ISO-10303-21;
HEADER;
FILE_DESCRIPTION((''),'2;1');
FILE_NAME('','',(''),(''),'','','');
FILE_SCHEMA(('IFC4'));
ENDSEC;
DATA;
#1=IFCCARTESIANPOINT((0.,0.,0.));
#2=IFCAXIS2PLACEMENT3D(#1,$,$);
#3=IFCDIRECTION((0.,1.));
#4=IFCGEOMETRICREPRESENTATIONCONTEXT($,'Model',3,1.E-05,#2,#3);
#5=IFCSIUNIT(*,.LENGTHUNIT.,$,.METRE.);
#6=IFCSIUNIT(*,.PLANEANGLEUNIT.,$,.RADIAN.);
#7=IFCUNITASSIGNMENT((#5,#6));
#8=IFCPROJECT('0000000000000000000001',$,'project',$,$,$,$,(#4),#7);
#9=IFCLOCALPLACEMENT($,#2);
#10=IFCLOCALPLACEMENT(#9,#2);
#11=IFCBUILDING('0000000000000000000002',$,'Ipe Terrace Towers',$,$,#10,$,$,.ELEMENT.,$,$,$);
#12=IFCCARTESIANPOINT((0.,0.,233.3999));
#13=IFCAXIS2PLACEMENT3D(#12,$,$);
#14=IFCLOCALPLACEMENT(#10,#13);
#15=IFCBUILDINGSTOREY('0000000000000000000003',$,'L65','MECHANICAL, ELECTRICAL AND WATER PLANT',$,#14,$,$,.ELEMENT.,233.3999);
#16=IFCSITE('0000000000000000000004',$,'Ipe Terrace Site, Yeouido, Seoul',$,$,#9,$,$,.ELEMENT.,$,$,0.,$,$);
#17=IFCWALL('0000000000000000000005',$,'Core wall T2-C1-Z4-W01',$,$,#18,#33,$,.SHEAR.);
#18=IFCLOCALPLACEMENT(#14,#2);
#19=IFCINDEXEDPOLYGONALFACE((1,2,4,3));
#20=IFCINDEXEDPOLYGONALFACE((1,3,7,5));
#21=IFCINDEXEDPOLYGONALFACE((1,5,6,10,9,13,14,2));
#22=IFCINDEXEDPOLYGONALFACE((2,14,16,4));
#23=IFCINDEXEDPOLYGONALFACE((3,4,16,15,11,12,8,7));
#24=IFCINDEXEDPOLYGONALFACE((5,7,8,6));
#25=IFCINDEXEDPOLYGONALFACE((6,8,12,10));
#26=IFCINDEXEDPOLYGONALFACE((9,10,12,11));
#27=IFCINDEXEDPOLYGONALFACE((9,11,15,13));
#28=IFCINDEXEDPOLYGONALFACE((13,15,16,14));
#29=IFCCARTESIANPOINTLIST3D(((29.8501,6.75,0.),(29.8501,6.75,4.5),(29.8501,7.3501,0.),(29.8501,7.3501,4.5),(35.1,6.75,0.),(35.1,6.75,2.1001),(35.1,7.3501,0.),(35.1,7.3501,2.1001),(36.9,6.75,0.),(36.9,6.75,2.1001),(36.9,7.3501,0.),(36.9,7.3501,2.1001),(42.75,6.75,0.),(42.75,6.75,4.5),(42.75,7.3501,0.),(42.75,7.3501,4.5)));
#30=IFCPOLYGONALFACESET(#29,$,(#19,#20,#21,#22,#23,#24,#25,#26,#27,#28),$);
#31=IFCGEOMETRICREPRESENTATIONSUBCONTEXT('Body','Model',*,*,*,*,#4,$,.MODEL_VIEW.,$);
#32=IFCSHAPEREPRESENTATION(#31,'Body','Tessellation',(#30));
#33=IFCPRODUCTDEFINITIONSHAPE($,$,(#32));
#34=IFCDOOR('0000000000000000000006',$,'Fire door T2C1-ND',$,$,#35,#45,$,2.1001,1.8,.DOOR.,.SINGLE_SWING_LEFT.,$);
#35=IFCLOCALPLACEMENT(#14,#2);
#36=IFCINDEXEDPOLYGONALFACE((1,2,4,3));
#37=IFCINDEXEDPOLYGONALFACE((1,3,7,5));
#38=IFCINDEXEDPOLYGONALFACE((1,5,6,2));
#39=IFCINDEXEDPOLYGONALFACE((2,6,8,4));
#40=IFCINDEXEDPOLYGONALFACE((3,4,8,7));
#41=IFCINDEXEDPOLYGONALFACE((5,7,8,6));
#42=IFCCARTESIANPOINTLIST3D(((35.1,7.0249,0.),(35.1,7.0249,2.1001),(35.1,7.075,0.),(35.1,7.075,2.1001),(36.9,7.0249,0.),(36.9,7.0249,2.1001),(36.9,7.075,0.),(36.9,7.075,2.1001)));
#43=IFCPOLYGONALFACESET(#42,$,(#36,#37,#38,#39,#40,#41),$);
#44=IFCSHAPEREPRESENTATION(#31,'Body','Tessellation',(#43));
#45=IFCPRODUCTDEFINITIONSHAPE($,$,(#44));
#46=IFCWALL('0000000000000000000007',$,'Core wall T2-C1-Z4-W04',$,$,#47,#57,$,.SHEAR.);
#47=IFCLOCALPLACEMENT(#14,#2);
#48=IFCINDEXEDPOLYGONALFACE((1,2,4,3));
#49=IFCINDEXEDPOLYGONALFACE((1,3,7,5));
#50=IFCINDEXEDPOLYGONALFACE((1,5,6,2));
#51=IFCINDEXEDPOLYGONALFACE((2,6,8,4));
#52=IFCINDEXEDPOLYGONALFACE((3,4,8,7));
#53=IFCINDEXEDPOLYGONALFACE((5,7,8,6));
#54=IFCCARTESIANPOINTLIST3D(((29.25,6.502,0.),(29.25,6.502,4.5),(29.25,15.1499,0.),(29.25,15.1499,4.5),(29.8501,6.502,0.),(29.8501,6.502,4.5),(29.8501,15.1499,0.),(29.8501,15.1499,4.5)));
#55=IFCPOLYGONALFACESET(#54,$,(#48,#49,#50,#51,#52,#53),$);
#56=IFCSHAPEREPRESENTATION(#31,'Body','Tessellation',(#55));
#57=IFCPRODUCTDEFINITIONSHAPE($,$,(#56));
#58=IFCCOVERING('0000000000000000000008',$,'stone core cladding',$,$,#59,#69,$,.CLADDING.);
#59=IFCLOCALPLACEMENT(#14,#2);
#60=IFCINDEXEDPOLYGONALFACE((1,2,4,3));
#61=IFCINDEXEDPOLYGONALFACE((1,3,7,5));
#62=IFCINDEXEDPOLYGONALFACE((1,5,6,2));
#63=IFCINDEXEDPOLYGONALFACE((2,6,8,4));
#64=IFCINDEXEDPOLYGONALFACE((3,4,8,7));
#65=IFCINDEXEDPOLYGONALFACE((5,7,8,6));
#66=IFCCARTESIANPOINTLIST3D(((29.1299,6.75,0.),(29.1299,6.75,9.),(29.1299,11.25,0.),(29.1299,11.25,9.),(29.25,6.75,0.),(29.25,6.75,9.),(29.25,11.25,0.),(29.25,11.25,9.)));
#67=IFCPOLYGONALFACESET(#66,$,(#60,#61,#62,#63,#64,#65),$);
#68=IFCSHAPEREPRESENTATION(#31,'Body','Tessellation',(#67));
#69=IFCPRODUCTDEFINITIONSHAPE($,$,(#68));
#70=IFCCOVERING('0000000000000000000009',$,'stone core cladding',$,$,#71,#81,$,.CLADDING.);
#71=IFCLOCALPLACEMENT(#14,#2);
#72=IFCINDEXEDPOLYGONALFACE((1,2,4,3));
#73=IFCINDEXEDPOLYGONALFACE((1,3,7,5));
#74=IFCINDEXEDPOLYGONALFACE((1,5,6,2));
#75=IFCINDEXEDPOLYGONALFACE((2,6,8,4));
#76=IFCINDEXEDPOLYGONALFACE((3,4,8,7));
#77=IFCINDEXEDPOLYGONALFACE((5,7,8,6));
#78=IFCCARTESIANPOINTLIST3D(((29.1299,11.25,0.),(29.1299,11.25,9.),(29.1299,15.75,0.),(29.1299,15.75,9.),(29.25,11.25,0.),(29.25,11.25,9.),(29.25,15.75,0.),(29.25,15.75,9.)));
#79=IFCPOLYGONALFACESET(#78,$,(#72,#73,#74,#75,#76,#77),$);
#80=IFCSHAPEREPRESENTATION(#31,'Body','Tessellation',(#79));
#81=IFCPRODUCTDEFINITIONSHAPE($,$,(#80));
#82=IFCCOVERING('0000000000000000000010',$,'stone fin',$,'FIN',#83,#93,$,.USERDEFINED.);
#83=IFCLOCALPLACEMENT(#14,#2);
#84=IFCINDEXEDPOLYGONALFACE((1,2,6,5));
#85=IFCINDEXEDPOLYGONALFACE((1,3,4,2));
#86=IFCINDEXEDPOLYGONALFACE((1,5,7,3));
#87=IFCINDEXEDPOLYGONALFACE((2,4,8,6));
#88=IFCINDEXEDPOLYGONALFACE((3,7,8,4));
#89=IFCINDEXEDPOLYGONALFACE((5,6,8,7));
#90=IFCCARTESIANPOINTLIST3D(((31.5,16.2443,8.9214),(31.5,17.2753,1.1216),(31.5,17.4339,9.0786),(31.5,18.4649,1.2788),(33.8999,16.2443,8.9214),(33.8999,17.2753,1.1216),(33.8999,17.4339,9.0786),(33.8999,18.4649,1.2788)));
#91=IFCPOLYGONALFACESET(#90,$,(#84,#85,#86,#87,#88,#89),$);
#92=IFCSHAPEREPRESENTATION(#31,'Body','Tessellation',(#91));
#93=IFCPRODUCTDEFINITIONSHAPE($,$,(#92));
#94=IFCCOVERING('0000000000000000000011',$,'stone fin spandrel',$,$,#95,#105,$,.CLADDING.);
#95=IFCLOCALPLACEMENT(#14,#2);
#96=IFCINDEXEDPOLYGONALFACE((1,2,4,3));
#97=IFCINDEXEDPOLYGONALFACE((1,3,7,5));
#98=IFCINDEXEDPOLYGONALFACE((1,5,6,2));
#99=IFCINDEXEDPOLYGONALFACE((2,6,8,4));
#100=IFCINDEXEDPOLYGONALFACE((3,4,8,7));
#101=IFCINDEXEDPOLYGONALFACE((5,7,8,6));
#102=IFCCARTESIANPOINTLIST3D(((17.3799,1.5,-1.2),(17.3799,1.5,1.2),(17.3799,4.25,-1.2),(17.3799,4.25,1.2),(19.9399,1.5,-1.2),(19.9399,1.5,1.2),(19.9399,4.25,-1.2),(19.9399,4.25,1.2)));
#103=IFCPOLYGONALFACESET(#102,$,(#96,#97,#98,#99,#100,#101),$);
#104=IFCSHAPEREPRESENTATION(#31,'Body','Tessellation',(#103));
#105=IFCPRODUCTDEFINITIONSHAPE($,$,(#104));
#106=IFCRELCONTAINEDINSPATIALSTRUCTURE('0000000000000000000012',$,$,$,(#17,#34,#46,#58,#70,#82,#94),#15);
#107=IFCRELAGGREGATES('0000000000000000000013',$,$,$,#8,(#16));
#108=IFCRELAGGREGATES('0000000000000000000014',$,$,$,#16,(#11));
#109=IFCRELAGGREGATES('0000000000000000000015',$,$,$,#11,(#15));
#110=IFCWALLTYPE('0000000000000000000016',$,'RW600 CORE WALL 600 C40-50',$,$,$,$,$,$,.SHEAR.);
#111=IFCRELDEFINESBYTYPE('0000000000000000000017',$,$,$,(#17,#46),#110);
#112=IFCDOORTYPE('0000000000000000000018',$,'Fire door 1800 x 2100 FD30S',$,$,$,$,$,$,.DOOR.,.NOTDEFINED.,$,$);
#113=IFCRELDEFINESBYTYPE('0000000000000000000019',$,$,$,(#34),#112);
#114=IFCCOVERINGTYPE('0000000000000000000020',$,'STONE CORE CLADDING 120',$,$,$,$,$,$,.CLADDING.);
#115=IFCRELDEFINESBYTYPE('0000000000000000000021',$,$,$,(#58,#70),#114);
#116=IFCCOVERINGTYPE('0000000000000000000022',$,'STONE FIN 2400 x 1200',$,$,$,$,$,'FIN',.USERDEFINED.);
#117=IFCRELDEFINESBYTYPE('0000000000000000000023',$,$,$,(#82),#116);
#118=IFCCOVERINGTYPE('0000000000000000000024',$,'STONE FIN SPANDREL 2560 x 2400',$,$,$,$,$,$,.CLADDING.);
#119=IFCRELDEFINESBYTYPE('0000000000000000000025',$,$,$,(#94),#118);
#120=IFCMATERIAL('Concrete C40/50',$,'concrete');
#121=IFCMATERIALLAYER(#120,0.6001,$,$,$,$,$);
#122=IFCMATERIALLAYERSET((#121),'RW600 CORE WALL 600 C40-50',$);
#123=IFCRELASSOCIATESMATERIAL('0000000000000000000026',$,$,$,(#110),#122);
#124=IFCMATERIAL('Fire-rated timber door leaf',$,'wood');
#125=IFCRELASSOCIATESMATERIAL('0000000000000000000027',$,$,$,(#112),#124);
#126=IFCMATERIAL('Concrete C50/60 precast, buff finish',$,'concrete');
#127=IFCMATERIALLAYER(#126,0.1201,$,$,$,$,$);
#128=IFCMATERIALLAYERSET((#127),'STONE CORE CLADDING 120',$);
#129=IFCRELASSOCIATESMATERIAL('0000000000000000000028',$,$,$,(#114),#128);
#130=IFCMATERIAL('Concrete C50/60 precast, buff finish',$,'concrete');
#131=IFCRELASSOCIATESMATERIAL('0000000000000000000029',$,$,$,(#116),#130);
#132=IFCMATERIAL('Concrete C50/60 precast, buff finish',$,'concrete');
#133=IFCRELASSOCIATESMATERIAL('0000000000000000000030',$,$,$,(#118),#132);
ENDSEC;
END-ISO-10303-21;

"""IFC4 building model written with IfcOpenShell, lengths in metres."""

from ifc_helpers import new_model, si_unit, direction, frame, frame_2d, origin, origin_2d, place, context, subcontext, project, spatial, rectangle, extrude, material, layer, layer_set, material_profile, profile_set, type_object, element, fill, save


model = new_model("IFC4")

# Units and contexts
model_context = context("Model", 3, precision=1e-05, world=origin(), true_north=direction((0.0, 1.0)))
body_context = subcontext(model_context, "Body", "Model", "MODEL_VIEW")
ifc_project = project(units=[si_unit("LENGTHUNIT", "METRE"), si_unit("PLANEANGLEUNIT", "RADIAN")], contexts=[model_context])

# Site, building, storey
site_placement = place(None, origin())
site = spatial("IfcSite", under=ifc_project, at=site_placement, Name="Ipe Terrace Site, Yeouido, Seoul", CompositionType="ELEMENT", RefElevation=0.0)
building_placement = place(site_placement, origin())
building = spatial("IfcBuilding", under=site, at=building_placement, Name="Ipe Terrace Towers", CompositionType="ELEMENT")
storey_placement = place(building_placement, frame((0.0, 0.0, 233.3999)))
storey = spatial("IfcBuildingStorey", under=building, at=storey_placement, Name="L65", Description="MECHANICAL, ELECTRICAL AND WATER PLANT", CompositionType="ELEMENT", Elevation=233.3999)

# Wall, opening, door
ifc_material_1 = material(Name="Concrete C40/50", Category="concrete")
ifc_layer_1 = layer(ifc_material_1, 0.6001)
ifc_layer_set_1 = layer_set([ifc_layer_1], Name="RW600 CORE WALL 600 C40-50")
wall_type_1 = type_object("IfcWallType", Name="RW600 CORE WALL 600 C40-50", PredefinedType="SHEAR", material=ifc_layer_set_1)
wall_1_placement = place(storey_placement, frame((29.8501, 7.05, 0.0), z_axis=(0.0, 0.0, 1.0), x_axis=(1.0, 0.0, 0.0)))
wall_1 = element("IfcWall", 1, at=wall_1_placement, inside=storey, type_object=wall_type_1, Name="Core wall T2-C1-Z4-W01", PredefinedType="SHEAR", context=body_context, shape_type="SweptSolid", body=[
    extrude(rectangle(XDim=12.8999, YDim=0.6001, at=frame_2d((6.45, 0.0))), origin(), (0.0, 0.0, 1.0), 4.5),
])
opening_1_placement = place(wall_1_placement, frame((5.25, 0.0, 0.0)))
opening_1 = element("IfcOpeningElement", 2, at=opening_1_placement, cuts=wall_1, PredefinedType="OPENING", context=body_context, shape_type="SweptSolid", body=[
    extrude(rectangle(XDim=1.8, YDim=2.1001, at=frame_2d((0.8999, 1.05))), frame((0.0, 0.3101, 0.0), z_axis=(0.0, -1.0, 0.0), x_axis=(1.0, 0.0, 0.0)), (0.0, 0.0, 1.0), 0.6201),
])
ifc_material_2 = material(Name="Fire-rated timber door leaf", Category="wood")
door_type_1 = type_object("IfcDoorType", Name="Fire door 1800 x 2100 FD30S", OperationType="NOTDEFINED", PredefinedType="DOOR", material=ifc_material_2)
door_1_placement = place(opening_1_placement, origin())
door_1 = element("IfcDoor", 3, at=door_1_placement, inside=storey, type_object=door_type_1, Name="Fire door T2C1-ND", OperationType="SINGLE_SWING_LEFT", OverallHeight=2.1001, OverallWidth=1.8, PredefinedType="DOOR", context=body_context, shape_type="SweptSolid", body=[
    extrude(rectangle(XDim=1.8, YDim=2.1001, at=frame_2d((0.8999, 1.05))), frame((0.0, 0.0249, 0.0), z_axis=(0.0, -1.0, 0.0), x_axis=(1.0, 0.0, 0.0)), (0.0, 0.0, 1.0), 0.05),
])
fill(opening_1, door_1)

# Wall
wall_2_placement = place(storey_placement, frame((29.55, 15.1499, 0.0), z_axis=(0.0, 0.0, 1.0), x_axis=(0.0, -1.0, 0.0)))
element("IfcWall", 4, at=wall_2_placement, inside=storey, type_object=wall_type_1, Name="Core wall T2-C1-Z4-W04", PredefinedType="SHEAR", context=body_context, shape_type="SweptSolid", body=[
    extrude(rectangle(XDim=8.6479, YDim=0.6001, at=frame_2d((4.324, 0.0))), origin(), (0.0, 0.0, 1.0), 4.5),
])

# Coverings
ifc_material_3 = material(Name="Concrete C50/60 precast, buff finish", Category="concrete")
ifc_layer_2 = layer(ifc_material_3, 0.1201)
ifc_layer_set_2 = layer_set([ifc_layer_2], Name="STONE CORE CLADDING 120")
covering_type_1 = type_object("IfcCoveringType", Name="STONE CORE CLADDING 120", PredefinedType="CLADDING", material=ifc_layer_set_2)
for number, where, z_axis, x_axis, name in (
    (5, (29.1899, 9.0, 0.0), (0.0, 0.0, 1.0), (0.0, -1.0, 0.0), "stone core cladding"),
    (6, (29.1899, 13.5, 0.0), (0.0, 0.0, 1.0), (0.0, -1.0, 0.0), "stone core cladding"),
):
    element("IfcCovering", number, at=place(storey_placement, frame(where, z_axis=z_axis, x_axis=x_axis)), inside=storey, type_object=covering_type_1, Name=name, PredefinedType="CLADDING", context=body_context, shape_type="SweptSolid", body=[
        extrude(rectangle(XDim=4.5, YDim=0.1201, at=origin_2d()), origin(), (0.0, 0.0, 1.0), 9.0),
    ])
ifc_material_4 = material(Name="Concrete C50/60 precast, buff finish", Category="concrete")
ifc_material_profile_1 = material_profile(ifc_material_4, rectangle(XDim=2.3999, YDim=1.2, at=origin_2d()), Name="STONE FIN 2400 x 1200")
ifc_profile_set_1 = profile_set([ifc_material_profile_1], Name="Concrete C50/60 precast, buff finish")
covering_type_2 = type_object("IfcCoveringType", Name="STONE FIN 2400 x 1200", ElementType="FIN", PredefinedType="USERDEFINED", material=ifc_profile_set_1)
covering_1_placement = place(storey_placement, frame((32.7, 17.8701, 1.2002), z_axis=(0.0, -0.131044, 0.991377), x_axis=(-1.0, 0.0, 0.0)))
element("IfcCovering", 7, at=covering_1_placement, inside=storey, type_object=covering_type_2, Name="stone fin", ObjectType="FIN", PredefinedType="USERDEFINED", context=body_context, shape_type="SweptSolid", body=[
    extrude(rectangle(XDim=2.3999, YDim=1.2, at=origin_2d()), origin(), (0.0, 0.0, 1.0), 7.8677),
])
ifc_material_5 = material(Name="Concrete C50/60 precast, buff finish", Category="concrete")
ifc_material_profile_2 = material_profile(ifc_material_5, rectangle(XDim=2.5601, YDim=2.3999, at=origin_2d()), Name="STONE FIN SPANDREL 2560 x 2400")
ifc_profile_set_2 = profile_set([ifc_material_profile_2], Name="Concrete C50/60 precast, buff finish")
covering_type_3 = type_object("IfcCoveringType", Name="STONE FIN SPANDREL 2560 x 2400", PredefinedType="CLADDING", material=ifc_profile_set_2)
covering_2_placement = place(storey_placement, frame((18.6599, 4.25, 0.0), z_axis=(0.0, -1.0, 0.0), x_axis=(-1.0, 0.0, 0.0)))
element("IfcCovering", 8, at=covering_2_placement, inside=storey, type_object=covering_type_3, Name="stone fin spandrel", PredefinedType="CLADDING", context=body_context, shape_type="SweptSolid", body=[
    extrude(rectangle(XDim=2.5601, YDim=2.3999, at=origin_2d()), origin(), (0.0, 0.0, 1.0), 2.75),
])

save(model, "model.ifc")
